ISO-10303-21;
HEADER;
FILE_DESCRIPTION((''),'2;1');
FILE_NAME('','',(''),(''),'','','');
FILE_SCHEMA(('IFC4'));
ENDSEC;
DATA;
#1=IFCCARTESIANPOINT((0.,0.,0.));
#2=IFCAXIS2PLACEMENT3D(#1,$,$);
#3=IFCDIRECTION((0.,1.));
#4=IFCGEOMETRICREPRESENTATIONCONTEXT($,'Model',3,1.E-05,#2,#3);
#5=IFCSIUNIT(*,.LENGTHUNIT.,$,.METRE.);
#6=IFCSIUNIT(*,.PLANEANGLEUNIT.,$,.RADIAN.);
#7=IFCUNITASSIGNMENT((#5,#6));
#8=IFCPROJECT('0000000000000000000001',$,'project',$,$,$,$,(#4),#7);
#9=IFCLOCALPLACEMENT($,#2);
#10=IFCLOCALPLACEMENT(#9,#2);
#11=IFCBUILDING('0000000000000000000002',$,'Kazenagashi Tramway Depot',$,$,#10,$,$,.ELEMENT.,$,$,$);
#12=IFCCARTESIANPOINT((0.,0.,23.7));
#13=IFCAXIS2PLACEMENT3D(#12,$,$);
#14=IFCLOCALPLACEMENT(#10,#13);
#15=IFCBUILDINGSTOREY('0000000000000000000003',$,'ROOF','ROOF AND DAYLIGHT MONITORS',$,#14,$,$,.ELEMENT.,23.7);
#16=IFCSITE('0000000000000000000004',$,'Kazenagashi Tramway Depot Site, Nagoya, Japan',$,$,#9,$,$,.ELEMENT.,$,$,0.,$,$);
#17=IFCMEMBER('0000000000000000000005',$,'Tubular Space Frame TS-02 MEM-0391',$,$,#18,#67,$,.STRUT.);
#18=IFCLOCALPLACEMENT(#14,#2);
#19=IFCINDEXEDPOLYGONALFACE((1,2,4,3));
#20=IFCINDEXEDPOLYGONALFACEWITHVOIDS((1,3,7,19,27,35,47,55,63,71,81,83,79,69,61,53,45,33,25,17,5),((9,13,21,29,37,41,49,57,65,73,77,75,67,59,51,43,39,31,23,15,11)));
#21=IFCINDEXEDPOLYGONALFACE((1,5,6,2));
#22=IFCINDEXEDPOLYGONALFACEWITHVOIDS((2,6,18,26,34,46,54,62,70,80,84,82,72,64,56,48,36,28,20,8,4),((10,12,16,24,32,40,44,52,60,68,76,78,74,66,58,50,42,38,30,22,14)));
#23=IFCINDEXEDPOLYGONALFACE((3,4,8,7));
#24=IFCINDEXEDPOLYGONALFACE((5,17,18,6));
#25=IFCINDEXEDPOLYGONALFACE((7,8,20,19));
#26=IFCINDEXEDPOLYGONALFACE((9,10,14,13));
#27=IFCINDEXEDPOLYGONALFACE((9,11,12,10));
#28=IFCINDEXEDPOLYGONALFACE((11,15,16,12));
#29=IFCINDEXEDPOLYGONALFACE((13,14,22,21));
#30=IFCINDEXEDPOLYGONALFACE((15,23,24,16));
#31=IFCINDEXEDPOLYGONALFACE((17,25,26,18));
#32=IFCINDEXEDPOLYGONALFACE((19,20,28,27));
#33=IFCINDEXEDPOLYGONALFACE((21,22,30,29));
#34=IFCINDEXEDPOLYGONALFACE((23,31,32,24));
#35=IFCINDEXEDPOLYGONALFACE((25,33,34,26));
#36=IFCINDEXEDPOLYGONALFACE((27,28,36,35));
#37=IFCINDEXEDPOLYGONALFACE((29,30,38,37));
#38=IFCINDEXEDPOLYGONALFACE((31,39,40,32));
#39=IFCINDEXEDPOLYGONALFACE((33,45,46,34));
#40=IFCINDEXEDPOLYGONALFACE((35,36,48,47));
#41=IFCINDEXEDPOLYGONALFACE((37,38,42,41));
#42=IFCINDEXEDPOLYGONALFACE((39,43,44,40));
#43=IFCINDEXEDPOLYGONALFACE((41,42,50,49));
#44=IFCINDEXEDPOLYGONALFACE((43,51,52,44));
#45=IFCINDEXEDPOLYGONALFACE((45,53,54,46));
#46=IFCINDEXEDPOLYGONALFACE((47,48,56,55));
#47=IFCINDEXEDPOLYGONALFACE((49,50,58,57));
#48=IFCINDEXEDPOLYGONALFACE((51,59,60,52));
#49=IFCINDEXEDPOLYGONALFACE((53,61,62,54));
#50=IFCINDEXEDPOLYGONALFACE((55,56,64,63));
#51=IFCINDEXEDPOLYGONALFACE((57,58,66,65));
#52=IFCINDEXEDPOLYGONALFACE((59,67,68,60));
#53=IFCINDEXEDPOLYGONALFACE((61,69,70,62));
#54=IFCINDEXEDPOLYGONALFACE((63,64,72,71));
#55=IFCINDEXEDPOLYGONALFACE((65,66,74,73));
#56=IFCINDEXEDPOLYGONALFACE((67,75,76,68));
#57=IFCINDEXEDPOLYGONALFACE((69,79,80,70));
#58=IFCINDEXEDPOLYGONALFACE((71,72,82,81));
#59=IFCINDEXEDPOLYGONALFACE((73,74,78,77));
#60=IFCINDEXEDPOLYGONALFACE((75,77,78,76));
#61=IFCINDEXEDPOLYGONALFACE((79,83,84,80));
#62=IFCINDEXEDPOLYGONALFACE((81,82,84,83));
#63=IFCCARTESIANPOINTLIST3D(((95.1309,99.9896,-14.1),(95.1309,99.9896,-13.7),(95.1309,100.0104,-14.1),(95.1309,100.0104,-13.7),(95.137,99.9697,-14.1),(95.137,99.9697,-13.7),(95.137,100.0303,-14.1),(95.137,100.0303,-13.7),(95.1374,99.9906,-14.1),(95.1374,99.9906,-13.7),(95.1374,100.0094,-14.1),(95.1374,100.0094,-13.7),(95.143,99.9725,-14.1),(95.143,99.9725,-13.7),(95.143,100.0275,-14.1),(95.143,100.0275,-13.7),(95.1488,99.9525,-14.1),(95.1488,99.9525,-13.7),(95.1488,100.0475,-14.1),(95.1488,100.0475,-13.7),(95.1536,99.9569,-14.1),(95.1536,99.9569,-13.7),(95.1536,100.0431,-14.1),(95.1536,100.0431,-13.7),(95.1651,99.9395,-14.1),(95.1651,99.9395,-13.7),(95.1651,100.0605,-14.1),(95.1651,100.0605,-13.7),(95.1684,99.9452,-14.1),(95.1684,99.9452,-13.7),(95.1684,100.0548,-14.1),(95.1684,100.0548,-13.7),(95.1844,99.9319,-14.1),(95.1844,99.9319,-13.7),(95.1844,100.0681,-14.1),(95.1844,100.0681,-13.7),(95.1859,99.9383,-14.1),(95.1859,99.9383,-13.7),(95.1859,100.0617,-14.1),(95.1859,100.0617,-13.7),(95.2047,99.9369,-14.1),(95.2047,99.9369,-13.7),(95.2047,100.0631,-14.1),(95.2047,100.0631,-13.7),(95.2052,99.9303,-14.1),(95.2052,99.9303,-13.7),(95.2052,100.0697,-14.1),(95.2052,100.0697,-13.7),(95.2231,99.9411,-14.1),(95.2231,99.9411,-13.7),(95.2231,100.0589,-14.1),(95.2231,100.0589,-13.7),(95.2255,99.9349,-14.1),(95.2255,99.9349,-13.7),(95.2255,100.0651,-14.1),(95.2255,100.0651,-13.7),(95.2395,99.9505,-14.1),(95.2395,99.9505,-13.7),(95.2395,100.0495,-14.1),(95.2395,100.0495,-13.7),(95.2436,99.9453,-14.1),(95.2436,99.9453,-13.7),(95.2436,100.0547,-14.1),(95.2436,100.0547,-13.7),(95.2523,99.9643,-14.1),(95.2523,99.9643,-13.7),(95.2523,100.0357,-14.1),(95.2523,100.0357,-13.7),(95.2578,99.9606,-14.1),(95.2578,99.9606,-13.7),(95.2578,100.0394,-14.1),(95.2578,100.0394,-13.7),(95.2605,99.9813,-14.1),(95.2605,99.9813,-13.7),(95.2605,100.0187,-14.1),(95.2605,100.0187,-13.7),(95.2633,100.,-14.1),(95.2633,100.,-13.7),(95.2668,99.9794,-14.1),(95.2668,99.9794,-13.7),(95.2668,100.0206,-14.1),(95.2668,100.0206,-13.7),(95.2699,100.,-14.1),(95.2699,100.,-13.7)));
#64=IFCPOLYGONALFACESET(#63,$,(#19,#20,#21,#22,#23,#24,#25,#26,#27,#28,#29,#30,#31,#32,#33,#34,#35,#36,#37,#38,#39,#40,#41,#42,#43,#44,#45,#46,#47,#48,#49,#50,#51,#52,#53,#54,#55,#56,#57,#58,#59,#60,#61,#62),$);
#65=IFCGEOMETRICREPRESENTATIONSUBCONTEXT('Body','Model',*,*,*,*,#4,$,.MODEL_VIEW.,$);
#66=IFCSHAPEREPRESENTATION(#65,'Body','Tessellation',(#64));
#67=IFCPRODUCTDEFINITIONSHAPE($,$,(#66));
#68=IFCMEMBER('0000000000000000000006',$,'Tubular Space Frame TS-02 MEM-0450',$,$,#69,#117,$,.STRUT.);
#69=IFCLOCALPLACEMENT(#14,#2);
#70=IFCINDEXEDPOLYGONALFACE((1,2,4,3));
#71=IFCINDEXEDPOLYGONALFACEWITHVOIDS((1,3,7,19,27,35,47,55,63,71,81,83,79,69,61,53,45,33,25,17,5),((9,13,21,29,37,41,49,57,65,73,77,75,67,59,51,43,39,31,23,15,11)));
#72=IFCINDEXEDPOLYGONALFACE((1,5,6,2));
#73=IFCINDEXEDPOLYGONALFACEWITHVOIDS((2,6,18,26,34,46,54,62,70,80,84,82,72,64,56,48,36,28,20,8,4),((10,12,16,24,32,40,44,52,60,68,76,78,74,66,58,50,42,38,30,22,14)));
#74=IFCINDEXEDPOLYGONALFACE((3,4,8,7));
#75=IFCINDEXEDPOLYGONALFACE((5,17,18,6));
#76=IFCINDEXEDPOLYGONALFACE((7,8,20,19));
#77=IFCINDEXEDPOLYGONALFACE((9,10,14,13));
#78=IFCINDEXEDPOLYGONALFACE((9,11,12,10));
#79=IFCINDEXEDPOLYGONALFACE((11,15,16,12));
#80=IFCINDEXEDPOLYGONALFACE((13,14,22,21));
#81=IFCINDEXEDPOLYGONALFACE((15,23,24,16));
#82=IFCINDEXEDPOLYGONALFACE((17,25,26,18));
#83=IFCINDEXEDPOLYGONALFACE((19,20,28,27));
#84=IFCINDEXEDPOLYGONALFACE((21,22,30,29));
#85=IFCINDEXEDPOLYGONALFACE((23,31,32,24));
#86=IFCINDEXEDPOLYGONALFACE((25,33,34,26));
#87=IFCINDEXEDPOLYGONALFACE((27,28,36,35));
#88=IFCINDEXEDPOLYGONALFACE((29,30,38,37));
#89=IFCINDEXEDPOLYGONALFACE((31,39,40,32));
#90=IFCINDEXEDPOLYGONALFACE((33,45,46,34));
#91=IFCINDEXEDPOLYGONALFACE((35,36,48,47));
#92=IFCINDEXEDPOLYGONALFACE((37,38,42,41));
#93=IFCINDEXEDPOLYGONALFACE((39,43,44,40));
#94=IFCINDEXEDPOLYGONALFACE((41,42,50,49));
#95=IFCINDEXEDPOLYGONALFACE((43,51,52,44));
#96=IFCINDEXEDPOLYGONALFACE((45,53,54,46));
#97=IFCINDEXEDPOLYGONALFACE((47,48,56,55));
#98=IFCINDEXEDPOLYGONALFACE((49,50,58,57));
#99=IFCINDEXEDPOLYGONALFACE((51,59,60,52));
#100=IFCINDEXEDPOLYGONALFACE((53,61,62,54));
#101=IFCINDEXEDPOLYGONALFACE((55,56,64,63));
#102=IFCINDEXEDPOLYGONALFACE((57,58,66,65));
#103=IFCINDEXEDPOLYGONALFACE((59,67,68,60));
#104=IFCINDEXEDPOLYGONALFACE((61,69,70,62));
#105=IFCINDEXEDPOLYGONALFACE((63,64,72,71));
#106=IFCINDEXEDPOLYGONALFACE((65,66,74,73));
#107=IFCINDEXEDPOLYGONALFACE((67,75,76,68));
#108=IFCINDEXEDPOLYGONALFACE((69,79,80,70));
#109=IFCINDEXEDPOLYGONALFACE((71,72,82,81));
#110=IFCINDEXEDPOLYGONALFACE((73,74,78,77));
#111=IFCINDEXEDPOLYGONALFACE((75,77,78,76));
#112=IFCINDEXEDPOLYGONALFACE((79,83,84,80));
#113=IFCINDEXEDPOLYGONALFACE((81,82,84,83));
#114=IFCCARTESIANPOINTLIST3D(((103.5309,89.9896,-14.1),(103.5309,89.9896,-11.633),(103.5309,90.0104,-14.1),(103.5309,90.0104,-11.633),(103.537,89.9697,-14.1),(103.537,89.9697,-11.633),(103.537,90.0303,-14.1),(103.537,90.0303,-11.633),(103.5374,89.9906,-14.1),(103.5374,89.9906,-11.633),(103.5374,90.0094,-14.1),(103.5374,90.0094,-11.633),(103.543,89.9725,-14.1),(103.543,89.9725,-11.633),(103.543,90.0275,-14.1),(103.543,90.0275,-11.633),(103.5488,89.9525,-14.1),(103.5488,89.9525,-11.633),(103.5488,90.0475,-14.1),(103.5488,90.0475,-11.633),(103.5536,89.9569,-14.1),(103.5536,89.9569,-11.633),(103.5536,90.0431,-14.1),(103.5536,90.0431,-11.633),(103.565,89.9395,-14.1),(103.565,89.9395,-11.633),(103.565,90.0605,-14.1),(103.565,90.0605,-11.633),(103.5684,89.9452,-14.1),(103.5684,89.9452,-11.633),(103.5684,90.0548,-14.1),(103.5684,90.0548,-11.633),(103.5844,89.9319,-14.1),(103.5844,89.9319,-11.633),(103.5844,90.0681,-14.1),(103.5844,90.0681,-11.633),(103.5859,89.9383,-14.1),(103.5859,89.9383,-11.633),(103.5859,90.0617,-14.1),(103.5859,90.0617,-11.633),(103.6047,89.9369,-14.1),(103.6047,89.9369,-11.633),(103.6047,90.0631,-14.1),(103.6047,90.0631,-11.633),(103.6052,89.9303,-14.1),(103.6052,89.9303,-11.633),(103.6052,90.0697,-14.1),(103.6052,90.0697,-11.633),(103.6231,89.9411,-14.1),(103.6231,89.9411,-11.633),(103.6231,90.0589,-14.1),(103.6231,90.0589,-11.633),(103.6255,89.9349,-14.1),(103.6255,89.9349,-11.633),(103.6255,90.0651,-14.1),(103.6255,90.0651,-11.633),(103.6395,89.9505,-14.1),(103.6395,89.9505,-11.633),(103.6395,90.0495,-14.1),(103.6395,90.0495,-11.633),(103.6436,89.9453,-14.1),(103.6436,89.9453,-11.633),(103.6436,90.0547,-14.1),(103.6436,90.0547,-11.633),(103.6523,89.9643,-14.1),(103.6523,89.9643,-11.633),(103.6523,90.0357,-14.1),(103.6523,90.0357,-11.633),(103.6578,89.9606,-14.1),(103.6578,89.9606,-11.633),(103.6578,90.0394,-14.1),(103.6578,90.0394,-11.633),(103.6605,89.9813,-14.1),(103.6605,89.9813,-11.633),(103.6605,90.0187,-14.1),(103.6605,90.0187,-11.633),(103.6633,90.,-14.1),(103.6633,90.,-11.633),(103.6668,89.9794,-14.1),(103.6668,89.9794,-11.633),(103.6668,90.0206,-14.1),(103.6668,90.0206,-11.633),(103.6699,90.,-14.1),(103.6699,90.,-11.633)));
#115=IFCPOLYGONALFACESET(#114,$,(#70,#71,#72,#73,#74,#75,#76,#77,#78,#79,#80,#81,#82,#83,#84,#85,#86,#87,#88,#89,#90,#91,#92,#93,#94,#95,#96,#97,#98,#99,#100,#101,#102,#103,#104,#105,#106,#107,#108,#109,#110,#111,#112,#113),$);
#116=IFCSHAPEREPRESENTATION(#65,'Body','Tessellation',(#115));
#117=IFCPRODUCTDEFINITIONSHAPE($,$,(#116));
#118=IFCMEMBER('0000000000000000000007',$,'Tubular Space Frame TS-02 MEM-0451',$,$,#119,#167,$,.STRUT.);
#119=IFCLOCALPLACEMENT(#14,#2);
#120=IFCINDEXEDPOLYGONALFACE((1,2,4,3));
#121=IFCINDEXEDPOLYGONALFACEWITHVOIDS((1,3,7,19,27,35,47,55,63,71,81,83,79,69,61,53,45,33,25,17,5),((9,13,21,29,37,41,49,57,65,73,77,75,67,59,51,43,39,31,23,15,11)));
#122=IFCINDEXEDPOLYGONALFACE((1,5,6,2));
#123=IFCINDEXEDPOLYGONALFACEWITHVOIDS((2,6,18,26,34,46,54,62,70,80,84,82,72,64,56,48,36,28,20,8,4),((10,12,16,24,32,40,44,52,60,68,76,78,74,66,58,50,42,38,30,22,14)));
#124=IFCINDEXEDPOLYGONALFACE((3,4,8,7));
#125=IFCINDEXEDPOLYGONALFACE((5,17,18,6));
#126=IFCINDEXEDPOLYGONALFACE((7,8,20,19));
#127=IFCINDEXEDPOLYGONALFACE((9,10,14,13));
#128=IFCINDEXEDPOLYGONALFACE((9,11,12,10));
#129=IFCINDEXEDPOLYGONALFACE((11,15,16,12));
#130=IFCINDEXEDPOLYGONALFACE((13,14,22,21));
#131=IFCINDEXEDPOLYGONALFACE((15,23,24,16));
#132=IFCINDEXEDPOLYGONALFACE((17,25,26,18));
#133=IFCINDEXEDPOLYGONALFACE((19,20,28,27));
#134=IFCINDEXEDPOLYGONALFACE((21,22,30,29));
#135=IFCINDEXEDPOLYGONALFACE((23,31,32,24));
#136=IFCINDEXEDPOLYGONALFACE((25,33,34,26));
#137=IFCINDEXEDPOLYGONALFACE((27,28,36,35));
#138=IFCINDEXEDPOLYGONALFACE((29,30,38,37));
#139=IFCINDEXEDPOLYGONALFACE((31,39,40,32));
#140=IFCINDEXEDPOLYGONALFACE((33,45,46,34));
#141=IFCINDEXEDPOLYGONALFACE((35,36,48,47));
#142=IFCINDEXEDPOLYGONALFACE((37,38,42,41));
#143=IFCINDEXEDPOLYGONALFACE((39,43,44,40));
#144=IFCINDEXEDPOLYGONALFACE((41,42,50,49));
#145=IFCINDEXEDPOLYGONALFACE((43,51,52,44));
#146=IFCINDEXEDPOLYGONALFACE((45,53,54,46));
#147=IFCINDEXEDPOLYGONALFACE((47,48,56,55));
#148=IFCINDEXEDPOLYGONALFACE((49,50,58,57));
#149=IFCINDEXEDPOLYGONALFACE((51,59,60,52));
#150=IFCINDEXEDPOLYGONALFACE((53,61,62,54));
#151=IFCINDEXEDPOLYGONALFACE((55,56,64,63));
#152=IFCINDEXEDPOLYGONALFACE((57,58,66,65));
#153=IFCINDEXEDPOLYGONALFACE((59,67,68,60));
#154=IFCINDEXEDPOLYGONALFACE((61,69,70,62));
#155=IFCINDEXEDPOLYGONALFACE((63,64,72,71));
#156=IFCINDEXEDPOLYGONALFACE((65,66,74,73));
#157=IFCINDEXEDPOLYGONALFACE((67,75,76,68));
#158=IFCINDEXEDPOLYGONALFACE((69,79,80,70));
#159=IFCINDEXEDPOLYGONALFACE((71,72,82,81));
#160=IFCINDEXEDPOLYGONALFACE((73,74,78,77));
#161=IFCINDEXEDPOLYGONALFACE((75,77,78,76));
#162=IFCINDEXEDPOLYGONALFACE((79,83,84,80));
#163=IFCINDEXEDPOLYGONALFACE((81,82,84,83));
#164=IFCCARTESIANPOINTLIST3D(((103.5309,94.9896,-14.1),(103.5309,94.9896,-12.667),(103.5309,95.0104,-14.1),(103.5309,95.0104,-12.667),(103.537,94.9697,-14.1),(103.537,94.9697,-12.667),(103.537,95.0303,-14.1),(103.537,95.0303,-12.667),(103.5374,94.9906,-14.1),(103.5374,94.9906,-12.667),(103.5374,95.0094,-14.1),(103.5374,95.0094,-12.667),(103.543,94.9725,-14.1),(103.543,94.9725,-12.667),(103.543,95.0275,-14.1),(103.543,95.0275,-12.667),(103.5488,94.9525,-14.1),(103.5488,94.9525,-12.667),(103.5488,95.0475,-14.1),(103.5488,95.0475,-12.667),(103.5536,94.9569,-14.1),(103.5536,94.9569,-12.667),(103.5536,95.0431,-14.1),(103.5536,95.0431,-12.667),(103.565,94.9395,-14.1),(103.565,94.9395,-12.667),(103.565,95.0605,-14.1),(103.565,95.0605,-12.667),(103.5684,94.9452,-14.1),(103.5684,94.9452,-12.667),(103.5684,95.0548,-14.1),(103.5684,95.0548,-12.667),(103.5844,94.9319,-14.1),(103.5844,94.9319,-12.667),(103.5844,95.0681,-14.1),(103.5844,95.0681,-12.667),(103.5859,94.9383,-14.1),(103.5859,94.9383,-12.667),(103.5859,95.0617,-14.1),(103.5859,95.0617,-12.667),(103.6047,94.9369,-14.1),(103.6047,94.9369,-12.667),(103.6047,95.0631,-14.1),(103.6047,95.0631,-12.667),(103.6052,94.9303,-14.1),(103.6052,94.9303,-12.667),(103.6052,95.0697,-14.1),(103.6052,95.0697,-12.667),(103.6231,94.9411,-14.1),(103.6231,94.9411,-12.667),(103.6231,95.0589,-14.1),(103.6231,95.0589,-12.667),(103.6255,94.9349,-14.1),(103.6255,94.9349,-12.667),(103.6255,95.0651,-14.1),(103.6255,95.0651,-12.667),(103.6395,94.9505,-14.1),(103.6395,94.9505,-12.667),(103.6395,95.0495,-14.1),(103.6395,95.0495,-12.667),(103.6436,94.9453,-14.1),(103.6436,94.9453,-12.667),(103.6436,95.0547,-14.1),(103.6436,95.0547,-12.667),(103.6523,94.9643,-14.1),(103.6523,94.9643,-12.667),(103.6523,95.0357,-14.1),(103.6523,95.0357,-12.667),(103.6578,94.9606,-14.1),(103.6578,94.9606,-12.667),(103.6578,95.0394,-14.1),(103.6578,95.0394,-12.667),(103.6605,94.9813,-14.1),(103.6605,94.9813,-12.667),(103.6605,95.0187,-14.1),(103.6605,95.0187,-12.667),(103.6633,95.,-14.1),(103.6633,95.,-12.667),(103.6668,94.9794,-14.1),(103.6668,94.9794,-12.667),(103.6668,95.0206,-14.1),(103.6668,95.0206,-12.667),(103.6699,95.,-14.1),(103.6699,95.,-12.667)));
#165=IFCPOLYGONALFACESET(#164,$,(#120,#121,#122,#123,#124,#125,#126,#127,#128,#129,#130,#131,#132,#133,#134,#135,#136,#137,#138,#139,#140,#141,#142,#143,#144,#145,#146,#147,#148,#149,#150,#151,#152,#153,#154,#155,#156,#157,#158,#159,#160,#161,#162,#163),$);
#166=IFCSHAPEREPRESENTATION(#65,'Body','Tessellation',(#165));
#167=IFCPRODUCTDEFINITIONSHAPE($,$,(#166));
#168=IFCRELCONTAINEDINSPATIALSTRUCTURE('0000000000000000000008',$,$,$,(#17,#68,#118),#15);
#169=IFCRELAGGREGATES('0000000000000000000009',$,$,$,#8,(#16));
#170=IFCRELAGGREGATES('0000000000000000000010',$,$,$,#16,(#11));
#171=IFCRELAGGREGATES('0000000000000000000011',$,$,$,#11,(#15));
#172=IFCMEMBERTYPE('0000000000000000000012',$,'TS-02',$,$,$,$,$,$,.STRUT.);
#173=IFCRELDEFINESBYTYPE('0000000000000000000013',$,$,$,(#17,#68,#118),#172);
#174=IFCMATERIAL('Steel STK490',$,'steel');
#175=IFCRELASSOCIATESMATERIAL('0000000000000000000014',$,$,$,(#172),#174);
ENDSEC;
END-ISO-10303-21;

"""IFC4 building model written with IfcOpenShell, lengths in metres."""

from ifc_helpers import new_model, si_unit, direction, frame, origin, origin_2d, place, context, subcontext, project, spatial, hollow_circle, extrude, material, material_profile, profile_set, type_object, element, save


model = new_model("IFC4")

# Units and contexts
model_context = context("Model", 3, precision=1e-05, world=origin(), true_north=direction((0.0, 1.0)))
body_context = subcontext(model_context, "Body", "Model", "MODEL_VIEW")
ifc_project = project(units=[si_unit("LENGTHUNIT", "METRE"), si_unit("PLANEANGLEUNIT", "RADIAN")], contexts=[model_context])

# Site, building, storey
site_placement = place(None, origin())
site = spatial("IfcSite", under=ifc_project, at=site_placement, Name="Kazenagashi Tramway Depot Site, Nagoya, Japan", CompositionType="ELEMENT", RefElevation=0.0)
building_placement = place(site_placement, origin())
building = spatial("IfcBuilding", under=site, at=building_placement, Name="Kazenagashi Tramway Depot", CompositionType="ELEMENT")
storey_placement = place(building_placement, frame((0.0, 0.0, 23.7)))
storey = spatial("IfcBuildingStorey", under=building, at=storey_placement, Name="ROOF", Description="ROOF AND DAYLIGHT MONITORS", CompositionType="ELEMENT", Elevation=23.7)

# Members
ifc_material_1 = material(Name="Steel STK490", Category="steel")
ifc_material_profile_1 = material_profile(ifc_material_1, hollow_circle(Radius=0.0699, WallThickness=0.0066, at=origin_2d()), Name="CHS-139.8x6.6")
ifc_profile_set_1 = profile_set([ifc_material_profile_1], Name="Steel STK490")
member_type_1 = type_object("IfcMemberType", Name="TS-02", PredefinedType="STRUT", material=ifc_profile_set_1)
member_1_placement = place(storey_placement, frame((95.2, 100.0, -14.1), z_axis=(0.0, 0.0, 1.0), x_axis=(1.0, 0.0, 0.0)))
element("IfcMember", 1, at=member_1_placement, inside=storey, type_object=member_type_1, Name="Tubular Space Frame TS-02 MEM-0391", PredefinedType="STRUT", context=body_context, shape_type="SweptSolid", body=[
    extrude(hollow_circle(Radius=0.0699, WallThickness=0.0066, at=origin_2d()), origin(), (0.0, 0.0, 1.0), 0.4),
])
member_2_placement = place(storey_placement, frame((103.6, 90.0, -14.1), z_axis=(0.0, 0.0, 1.0), x_axis=(1.0, 0.0, 0.0)))
element("IfcMember", 2, at=member_2_placement, inside=storey, type_object=member_type_1, Name="Tubular Space Frame TS-02 MEM-0450", PredefinedType="STRUT", context=body_context, shape_type="SweptSolid", body=[
    extrude(hollow_circle(Radius=0.0699, WallThickness=0.0066, at=origin_2d()), origin(), (0.0, 0.0, 1.0), 2.467),
])
member_3_placement = place(storey_placement, frame((103.6, 95.0, -14.1), z_axis=(0.0, 0.0, 1.0), x_axis=(1.0, 0.0, 0.0)))
element("IfcMember", 3, at=member_3_placement, inside=storey, type_object=member_type_1, Name="Tubular Space Frame TS-02 MEM-0451", PredefinedType="STRUT", context=body_context, shape_type="SweptSolid", body=[
    extrude(hollow_circle(Radius=0.0699, WallThickness=0.0066, at=origin_2d()), origin(), (0.0, 0.0, 1.0), 1.433),
])

save(model, "model.ifc")
